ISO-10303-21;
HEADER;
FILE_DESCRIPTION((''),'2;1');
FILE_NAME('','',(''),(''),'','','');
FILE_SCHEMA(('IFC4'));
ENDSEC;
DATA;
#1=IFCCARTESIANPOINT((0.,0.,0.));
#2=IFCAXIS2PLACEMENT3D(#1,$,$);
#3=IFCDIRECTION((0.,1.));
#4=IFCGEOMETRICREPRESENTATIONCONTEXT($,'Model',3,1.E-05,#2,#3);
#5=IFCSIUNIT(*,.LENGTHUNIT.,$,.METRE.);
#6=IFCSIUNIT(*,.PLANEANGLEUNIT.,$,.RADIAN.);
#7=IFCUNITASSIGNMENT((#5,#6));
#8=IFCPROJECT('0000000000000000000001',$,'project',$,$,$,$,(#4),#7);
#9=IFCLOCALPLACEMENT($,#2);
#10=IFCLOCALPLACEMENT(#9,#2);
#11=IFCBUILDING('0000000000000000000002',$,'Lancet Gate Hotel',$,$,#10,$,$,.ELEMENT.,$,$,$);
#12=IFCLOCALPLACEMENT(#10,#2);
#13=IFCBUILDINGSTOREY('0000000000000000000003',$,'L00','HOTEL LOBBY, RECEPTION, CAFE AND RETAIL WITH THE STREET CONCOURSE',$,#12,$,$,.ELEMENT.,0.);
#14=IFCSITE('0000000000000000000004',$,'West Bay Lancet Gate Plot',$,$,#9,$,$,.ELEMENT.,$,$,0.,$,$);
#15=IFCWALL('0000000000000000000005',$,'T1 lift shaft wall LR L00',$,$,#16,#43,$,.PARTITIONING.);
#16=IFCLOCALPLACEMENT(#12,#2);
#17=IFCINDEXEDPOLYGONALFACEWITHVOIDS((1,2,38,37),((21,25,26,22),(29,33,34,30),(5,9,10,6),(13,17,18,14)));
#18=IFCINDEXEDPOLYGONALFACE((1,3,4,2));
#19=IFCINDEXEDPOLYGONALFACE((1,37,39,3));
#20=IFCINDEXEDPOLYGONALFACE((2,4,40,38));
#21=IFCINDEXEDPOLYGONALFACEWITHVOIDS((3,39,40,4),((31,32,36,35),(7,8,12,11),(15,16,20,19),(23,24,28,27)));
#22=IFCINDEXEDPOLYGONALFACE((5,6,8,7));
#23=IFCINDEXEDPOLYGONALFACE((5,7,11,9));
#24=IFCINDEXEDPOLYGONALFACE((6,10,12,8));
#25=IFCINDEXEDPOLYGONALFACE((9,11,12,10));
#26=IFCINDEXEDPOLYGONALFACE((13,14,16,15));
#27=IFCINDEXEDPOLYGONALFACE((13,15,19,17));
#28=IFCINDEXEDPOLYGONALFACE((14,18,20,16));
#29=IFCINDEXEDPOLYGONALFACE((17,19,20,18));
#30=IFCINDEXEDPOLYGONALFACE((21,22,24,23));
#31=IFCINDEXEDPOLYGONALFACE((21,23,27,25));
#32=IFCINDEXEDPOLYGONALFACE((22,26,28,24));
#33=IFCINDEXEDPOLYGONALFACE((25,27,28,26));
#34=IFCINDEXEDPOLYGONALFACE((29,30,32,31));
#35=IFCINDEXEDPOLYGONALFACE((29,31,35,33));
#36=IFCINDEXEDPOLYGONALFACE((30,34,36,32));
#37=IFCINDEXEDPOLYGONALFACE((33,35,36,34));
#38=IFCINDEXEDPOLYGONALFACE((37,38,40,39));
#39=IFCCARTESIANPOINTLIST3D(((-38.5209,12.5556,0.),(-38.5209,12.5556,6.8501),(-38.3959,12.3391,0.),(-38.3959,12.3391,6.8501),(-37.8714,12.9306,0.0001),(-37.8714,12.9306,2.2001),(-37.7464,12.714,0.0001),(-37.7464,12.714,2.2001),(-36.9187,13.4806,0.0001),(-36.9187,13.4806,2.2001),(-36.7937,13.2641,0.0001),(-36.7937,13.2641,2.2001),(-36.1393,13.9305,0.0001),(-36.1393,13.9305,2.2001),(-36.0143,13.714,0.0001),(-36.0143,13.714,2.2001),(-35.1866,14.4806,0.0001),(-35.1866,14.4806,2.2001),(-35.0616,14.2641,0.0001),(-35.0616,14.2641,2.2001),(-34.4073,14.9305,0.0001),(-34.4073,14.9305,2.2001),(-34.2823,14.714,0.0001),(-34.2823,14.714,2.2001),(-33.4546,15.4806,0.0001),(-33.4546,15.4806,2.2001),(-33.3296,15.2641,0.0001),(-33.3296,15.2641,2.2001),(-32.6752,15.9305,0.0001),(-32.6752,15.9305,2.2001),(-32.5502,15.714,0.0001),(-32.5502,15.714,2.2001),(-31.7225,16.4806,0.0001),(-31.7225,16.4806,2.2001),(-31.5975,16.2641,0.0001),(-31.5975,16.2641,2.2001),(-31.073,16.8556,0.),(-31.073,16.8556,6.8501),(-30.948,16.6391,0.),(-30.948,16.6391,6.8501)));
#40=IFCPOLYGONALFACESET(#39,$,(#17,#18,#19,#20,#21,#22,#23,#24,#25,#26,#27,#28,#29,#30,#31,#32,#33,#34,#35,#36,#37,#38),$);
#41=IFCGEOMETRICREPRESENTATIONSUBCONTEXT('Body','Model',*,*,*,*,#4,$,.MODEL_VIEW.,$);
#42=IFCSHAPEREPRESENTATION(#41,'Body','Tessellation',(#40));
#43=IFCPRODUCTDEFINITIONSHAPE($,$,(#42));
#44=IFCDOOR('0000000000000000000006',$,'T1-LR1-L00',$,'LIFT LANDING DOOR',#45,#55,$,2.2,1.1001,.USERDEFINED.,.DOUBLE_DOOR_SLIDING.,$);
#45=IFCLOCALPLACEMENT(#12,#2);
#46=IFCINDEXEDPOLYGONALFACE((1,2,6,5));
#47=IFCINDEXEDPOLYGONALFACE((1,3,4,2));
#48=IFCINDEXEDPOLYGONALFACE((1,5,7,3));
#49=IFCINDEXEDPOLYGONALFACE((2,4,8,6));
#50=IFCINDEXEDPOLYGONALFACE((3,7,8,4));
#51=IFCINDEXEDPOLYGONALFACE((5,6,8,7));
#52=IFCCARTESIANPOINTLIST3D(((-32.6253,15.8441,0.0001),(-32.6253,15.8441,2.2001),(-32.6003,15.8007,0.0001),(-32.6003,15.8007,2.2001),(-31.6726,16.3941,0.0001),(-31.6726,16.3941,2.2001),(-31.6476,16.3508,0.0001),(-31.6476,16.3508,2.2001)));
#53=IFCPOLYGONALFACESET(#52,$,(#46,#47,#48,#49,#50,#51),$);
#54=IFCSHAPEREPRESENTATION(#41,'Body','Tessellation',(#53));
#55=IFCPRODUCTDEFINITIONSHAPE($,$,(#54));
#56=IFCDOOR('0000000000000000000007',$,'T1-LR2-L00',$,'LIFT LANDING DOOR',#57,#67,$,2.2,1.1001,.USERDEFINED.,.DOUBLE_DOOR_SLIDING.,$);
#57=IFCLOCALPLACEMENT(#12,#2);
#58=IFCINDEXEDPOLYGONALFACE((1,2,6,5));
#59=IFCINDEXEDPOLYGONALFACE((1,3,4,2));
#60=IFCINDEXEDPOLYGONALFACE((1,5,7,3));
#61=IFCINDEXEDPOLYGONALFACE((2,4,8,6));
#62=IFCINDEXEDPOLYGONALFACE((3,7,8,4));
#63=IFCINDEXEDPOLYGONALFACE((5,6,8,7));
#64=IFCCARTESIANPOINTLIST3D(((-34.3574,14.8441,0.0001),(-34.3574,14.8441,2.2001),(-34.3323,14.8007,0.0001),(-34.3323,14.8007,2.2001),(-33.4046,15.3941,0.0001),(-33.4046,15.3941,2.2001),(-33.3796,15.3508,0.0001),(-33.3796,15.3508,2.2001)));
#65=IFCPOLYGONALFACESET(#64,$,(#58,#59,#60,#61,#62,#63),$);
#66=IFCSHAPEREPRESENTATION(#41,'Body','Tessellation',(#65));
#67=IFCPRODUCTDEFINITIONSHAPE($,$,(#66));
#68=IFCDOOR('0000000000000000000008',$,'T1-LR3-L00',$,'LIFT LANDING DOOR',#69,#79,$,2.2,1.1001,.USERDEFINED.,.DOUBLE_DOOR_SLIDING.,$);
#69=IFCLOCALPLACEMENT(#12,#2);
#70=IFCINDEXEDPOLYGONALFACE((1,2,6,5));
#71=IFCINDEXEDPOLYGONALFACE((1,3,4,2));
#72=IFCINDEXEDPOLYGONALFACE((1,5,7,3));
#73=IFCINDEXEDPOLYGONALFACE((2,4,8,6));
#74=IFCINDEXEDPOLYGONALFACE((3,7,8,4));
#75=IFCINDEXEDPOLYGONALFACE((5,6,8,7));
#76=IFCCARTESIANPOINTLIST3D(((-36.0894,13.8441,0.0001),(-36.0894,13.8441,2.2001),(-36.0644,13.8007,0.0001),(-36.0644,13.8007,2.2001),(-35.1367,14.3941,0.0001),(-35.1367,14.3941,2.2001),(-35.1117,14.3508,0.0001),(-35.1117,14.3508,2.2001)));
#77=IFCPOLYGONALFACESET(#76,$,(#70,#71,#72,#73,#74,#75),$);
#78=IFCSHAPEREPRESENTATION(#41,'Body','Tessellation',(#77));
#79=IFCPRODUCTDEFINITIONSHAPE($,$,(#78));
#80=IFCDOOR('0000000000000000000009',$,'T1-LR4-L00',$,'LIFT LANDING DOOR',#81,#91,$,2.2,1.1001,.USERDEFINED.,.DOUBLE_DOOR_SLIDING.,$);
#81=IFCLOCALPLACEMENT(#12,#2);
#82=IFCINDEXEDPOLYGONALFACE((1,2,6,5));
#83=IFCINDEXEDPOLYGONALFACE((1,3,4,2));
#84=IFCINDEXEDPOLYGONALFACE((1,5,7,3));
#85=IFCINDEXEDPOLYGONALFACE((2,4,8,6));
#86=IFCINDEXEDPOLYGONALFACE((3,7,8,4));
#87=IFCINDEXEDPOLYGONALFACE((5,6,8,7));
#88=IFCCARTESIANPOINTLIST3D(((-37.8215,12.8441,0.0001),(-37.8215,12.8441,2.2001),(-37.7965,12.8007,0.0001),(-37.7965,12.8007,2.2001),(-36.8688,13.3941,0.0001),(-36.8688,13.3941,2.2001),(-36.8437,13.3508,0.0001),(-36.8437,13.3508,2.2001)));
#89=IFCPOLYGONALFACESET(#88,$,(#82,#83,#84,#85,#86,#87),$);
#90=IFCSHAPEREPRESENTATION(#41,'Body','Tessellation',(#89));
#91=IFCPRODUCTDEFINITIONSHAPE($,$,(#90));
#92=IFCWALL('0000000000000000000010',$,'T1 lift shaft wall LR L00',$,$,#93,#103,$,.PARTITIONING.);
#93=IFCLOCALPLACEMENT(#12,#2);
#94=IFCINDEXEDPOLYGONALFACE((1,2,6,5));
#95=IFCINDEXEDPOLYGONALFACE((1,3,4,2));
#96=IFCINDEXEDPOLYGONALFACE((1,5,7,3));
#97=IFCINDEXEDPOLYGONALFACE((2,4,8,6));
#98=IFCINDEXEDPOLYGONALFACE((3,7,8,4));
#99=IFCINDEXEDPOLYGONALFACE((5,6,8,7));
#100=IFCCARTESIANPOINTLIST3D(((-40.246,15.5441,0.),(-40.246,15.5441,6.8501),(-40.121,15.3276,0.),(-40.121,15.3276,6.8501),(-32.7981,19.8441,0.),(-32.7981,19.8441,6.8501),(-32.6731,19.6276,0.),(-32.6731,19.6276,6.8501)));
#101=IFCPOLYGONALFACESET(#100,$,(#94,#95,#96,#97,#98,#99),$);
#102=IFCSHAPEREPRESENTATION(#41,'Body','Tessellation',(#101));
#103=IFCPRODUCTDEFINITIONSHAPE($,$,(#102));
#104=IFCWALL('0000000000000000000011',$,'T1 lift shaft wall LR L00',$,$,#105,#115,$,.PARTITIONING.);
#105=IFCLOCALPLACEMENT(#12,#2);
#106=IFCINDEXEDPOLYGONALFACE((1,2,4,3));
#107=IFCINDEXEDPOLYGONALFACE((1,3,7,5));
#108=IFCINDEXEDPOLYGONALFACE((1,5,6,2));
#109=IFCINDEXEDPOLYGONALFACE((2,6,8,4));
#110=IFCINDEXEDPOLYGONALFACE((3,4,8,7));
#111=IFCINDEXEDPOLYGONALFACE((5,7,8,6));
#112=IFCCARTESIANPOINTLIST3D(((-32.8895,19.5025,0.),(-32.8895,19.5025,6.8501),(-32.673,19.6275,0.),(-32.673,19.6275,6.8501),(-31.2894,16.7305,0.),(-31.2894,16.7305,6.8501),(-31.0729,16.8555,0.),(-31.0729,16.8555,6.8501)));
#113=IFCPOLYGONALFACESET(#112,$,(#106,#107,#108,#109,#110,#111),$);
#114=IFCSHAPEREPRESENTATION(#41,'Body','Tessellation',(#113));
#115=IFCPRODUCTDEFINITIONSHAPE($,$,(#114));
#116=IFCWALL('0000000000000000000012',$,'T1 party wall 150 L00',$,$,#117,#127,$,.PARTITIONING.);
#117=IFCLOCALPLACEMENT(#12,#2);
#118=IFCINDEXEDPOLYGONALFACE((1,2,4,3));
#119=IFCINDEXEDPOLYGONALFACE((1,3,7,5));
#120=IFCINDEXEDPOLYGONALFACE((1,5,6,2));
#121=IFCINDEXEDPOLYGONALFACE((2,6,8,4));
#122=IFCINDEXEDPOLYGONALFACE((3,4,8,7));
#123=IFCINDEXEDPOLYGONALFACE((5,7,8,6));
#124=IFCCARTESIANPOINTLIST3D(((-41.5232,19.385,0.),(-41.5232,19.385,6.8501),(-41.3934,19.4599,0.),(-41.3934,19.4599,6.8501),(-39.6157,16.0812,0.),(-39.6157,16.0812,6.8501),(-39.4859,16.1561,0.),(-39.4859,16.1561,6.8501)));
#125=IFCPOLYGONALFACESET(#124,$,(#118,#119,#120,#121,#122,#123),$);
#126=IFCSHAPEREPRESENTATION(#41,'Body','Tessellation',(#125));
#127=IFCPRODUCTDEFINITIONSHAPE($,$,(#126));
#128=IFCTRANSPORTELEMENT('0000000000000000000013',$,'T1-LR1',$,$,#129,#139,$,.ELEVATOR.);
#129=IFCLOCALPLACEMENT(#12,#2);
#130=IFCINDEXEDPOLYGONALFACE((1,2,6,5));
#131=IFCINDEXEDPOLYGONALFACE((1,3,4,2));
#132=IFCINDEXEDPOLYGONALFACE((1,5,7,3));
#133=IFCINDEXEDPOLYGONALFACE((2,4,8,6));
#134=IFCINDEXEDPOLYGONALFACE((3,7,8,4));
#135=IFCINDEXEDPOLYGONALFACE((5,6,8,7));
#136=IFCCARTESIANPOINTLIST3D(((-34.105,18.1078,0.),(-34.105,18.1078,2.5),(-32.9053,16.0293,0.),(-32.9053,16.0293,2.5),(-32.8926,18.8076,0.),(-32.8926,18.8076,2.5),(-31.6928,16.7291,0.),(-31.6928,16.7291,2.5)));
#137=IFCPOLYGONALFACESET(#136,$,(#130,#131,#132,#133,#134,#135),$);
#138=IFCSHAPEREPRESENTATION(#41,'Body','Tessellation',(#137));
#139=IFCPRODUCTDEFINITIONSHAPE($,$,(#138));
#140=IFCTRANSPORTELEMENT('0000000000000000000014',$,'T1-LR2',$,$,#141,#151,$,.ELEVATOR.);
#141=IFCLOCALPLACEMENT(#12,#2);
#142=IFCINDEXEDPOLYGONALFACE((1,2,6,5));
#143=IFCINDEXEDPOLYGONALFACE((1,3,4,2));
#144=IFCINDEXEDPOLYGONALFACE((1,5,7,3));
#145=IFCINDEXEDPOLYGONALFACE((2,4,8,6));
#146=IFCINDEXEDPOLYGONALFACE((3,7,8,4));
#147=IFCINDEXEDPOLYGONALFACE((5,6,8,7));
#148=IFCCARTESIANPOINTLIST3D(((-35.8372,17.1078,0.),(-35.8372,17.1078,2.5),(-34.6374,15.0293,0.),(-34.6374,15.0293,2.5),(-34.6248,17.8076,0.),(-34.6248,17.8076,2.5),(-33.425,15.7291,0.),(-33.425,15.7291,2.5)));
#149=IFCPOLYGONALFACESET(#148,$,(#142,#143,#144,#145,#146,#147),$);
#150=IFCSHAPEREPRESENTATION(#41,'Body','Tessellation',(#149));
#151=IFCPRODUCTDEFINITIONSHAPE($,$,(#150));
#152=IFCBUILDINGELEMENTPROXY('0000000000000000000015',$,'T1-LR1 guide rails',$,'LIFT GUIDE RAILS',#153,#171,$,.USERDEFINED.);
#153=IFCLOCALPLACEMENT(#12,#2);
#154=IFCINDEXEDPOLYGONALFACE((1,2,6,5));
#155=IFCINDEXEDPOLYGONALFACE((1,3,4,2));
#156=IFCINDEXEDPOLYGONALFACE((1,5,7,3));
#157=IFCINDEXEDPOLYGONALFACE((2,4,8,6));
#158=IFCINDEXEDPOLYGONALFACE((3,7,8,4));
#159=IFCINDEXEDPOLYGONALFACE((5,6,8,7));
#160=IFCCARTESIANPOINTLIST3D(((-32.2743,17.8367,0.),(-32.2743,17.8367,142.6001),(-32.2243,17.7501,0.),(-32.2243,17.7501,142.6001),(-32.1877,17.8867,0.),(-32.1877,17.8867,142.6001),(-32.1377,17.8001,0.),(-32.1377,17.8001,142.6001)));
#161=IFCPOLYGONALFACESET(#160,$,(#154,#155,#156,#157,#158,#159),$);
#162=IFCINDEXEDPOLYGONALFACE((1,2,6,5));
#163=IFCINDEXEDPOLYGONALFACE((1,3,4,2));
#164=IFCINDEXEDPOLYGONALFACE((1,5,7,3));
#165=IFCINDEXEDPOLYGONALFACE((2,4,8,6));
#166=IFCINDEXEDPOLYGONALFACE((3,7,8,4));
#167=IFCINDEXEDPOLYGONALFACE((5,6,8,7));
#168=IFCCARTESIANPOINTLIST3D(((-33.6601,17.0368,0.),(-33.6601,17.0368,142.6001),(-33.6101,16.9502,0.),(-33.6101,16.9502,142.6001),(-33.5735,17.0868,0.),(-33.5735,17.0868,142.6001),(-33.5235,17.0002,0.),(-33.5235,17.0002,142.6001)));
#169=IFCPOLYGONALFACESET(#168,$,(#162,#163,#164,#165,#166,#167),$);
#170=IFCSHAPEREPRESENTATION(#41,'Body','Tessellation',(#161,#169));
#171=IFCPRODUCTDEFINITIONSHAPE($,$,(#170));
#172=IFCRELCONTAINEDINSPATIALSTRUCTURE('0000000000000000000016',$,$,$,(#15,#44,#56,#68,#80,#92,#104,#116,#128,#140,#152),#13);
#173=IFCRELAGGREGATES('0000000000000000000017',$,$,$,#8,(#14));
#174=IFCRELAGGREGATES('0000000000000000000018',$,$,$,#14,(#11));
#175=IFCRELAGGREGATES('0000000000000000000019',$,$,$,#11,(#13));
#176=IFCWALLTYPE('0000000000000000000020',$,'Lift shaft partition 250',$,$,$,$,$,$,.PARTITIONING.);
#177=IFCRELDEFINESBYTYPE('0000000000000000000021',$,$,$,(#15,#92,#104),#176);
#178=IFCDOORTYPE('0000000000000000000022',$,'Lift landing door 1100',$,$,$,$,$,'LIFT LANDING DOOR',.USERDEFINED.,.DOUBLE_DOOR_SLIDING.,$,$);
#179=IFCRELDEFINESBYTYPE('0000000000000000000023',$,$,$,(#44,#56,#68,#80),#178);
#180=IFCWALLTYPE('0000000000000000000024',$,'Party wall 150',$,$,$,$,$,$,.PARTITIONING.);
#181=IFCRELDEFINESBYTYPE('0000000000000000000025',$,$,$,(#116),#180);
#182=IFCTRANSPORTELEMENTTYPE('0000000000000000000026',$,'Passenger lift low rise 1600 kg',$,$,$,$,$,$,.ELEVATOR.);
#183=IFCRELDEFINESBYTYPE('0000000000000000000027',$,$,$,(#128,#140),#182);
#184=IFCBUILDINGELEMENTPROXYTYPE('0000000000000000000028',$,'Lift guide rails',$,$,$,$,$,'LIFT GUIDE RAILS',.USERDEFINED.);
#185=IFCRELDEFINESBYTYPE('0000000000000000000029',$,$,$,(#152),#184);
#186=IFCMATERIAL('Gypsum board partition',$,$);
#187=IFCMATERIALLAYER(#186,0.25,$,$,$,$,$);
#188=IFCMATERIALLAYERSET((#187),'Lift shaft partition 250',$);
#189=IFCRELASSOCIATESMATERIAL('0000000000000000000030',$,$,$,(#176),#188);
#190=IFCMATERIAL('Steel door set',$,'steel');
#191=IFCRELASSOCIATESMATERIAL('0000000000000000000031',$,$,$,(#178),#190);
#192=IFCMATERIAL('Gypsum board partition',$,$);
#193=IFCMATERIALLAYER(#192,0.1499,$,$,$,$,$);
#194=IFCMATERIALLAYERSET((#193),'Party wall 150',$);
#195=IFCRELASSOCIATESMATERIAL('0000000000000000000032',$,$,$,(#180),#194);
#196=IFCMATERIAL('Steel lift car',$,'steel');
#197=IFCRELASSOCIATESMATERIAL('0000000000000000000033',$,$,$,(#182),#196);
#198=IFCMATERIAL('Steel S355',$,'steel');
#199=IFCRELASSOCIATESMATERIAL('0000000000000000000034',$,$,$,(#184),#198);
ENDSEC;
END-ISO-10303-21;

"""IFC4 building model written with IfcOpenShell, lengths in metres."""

from ifc_helpers import new_model, si_unit, direction, frame, frame_2d, origin, origin_2d, place, context, subcontext, project, spatial, rectangle, extrude, material, layer, layer_set, type_object, element, fill, save


model = new_model("IFC4")

# Units and contexts
model_context = context("Model", 3, precision=1e-05, world=origin(), true_north=direction((0.0, 1.0)))
body_context = subcontext(model_context, "Body", "Model", "MODEL_VIEW")
ifc_project = project(units=[si_unit("LENGTHUNIT", "METRE"), si_unit("PLANEANGLEUNIT", "RADIAN")], contexts=[model_context])

# Site, building, storey
site_placement = place(None, origin())
site = spatial("IfcSite", under=ifc_project, at=site_placement, Name="West Bay Lancet Gate Plot", CompositionType="ELEMENT", RefElevation=0.0)
building_placement = place(site_placement, origin())
building = spatial("IfcBuilding", under=site, at=building_placement, Name="Lancet Gate Hotel", CompositionType="ELEMENT")
storey_placement = place(building_placement, origin())
storey = spatial("IfcBuildingStorey", under=building, at=storey_placement, Name="L00", Description="HOTEL LOBBY, RECEPTION, CAFE AND RETAIL WITH THE STREET CONCOURSE", CompositionType="ELEMENT", Elevation=0.0)

# Wall, openings, doors
ifc_material_1 = material(Name="Gypsum board partition")
ifc_layer_1 = layer(ifc_material_1, 0.25)
ifc_layer_set_1 = layer_set([ifc_layer_1], Name="Lift shaft partition 250")
wall_type_1 = type_object("IfcWallType", Name="Lift shaft partition 250", PredefinedType="PARTITIONING", material=ifc_layer_set_1)
wall_1_placement = place(storey_placement, frame((-31.0105, 16.7473, 0.0), z_axis=(0.0, 0.0, 1.0), x_axis=(-0.866028, -0.499995, 0.0)))
wall_1 = element("IfcWall", 1, at=wall_1_placement, inside=storey, type_object=wall_type_1, Name="T1 lift shaft wall LR L00", PredefinedType="PARTITIONING", context=body_context, shape_type="SweptSolid", body=[
    extrude(rectangle(XDim=8.6001, YDim=0.25, at=frame_2d((4.3, 0.0))), origin(), (0.0, 0.0, 1.0), 6.8501),
])
opening_1_placement = place(wall_1_placement, frame((0.75, 0.0, 0.0)))
opening_1 = element("IfcOpeningElement", 2, at=opening_1_placement, cuts=wall_1, PredefinedType="OPENING", context=body_context, shape_type="SweptSolid", body=[
    extrude(rectangle(XDim=1.1001, YDim=2.2, at=frame_2d((0.55, 1.1001))), frame((0.0, 0.135, 0.0), z_axis=(0.0, -1.0, 0.0), x_axis=(1.0, 0.0, 0.0)), (0.0, 0.0, 1.0), 0.27),
])
opening_2_placement = place(wall_1_placement, frame((2.75, 0.0, 0.0)))
opening_2 = element("IfcOpeningElement", 3, at=opening_2_placement, cuts=wall_1, PredefinedType="OPENING", context=body_context, shape_type="SweptSolid", body=[
    extrude(rectangle(XDim=1.1001, YDim=2.2, at=frame_2d((0.55, 1.1001))), frame((0.0, 0.135, 0.0), z_axis=(0.0, -1.0, 0.0), x_axis=(1.0, 0.0, 0.0)), (0.0, 0.0, 1.0), 0.27),
])
opening_3_placement = place(wall_1_placement, frame((4.75, 0.0, 0.0)))
opening_3 = element("IfcOpeningElement", 4, at=opening_3_placement, cuts=wall_1, PredefinedType="OPENING", context=body_context, shape_type="SweptSolid", body=[
    extrude(rectangle(XDim=1.1001, YDim=2.2, at=frame_2d((0.55, 1.1001))), frame((0.0, 0.135, 0.0), z_axis=(0.0, -1.0, 0.0), x_axis=(1.0, 0.0, 0.0)), (0.0, 0.0, 1.0), 0.27),
])
opening_4_placement = place(wall_1_placement, frame((6.75, 0.0, 0.0)))
opening_4 = element("IfcOpeningElement", 5, at=opening_4_placement, cuts=wall_1, PredefinedType="OPENING", context=body_context, shape_type="SweptSolid", body=[
    extrude(rectangle(XDim=1.1001, YDim=2.2, at=frame_2d((0.55, 1.1001))), frame((0.0, 0.135, 0.0), z_axis=(0.0, -1.0, 0.0), x_axis=(1.0, 0.0, 0.0)), (0.0, 0.0, 1.0), 0.27),
])
ifc_material_2 = material(Name="Steel door set", Category="steel")
door_type = type_object("IfcDoorType", Name="Lift landing door 1100", ElementType="LIFT LANDING DOOR", OperationType="DOUBLE_DOOR_SLIDING", PredefinedType="USERDEFINED", material=ifc_material_2)
door_1_placement = place(opening_1_placement, origin())
door_1 = element("IfcDoor", 6, at=door_1_placement, inside=storey, type_object=door_type, Name="T1-LR1-L00", ObjectType="LIFT LANDING DOOR", OperationType="DOUBLE_DOOR_SLIDING", OverallHeight=2.2, OverallWidth=1.1001, PredefinedType="USERDEFINED", context=body_context, shape_type="SweptSolid", body=[
    extrude(rectangle(XDim=1.1001, YDim=2.2, at=frame_2d((0.55, 1.1001))), frame((0.0, 0.0249, 0.0), z_axis=(0.0, -1.0, 0.0), x_axis=(1.0, 0.0, 0.0)), (0.0, 0.0, 1.0), 0.05),
])
fill(opening_1, door_1)
door_2_placement = place(opening_2_placement, origin())
door_2 = element("IfcDoor", 7, at=door_2_placement, inside=storey, type_object=door_type, Name="T1-LR2-L00", ObjectType="LIFT LANDING DOOR", OperationType="DOUBLE_DOOR_SLIDING", OverallHeight=2.2, OverallWidth=1.1001, PredefinedType="USERDEFINED", context=body_context, shape_type="SweptSolid", body=[
    extrude(rectangle(XDim=1.1001, YDim=2.2, at=frame_2d((0.55, 1.1001))), frame((0.0, 0.0249, 0.0), z_axis=(0.0, -1.0, 0.0), x_axis=(1.0, 0.0, 0.0)), (0.0, 0.0, 1.0), 0.05),
])
fill(opening_2, door_2)
door_3_placement = place(opening_3_placement, origin())
door_3 = element("IfcDoor", 8, at=door_3_placement, inside=storey, type_object=door_type, Name="T1-LR3-L00", ObjectType="LIFT LANDING DOOR", OperationType="DOUBLE_DOOR_SLIDING", OverallHeight=2.2, OverallWidth=1.1001, PredefinedType="USERDEFINED", context=body_context, shape_type="SweptSolid", body=[
    extrude(rectangle(XDim=1.1001, YDim=2.2, at=frame_2d((0.55, 1.1001))), frame((0.0, 0.0249, 0.0), z_axis=(0.0, -1.0, 0.0), x_axis=(1.0, 0.0, 0.0)), (0.0, 0.0, 1.0), 0.05),
])
fill(opening_3, door_3)
door_4_placement = place(opening_4_placement, origin())
door_4 = element("IfcDoor", 9, at=door_4_placement, inside=storey, type_object=door_type, Name="T1-LR4-L00", ObjectType="LIFT LANDING DOOR", OperationType="DOUBLE_DOOR_SLIDING", OverallHeight=2.2, OverallWidth=1.1001, PredefinedType="USERDEFINED", context=body_context, shape_type="SweptSolid", body=[
    extrude(rectangle(XDim=1.1001, YDim=2.2, at=frame_2d((0.55, 1.1001))), frame((0.0, 0.0249, 0.0), z_axis=(0.0, -1.0, 0.0), x_axis=(1.0, 0.0, 0.0)), (0.0, 0.0, 1.0), 0.05),
])
fill(opening_4, door_4)

# Walls
wall_2_placement = place(storey_placement, frame((-32.7356, 19.7358, 0.0), z_axis=(0.0, 0.0, 1.0), x_axis=(-0.866028, -0.499995, 0.0)))
element("IfcWall", 10, at=wall_2_placement, inside=storey, type_object=wall_type_1, Name="T1 lift shaft wall LR L00", PredefinedType="PARTITIONING", context=body_context, shape_type="SweptSolid", body=[
    extrude(rectangle(XDim=8.6001, YDim=0.25, at=frame_2d((4.3, 0.0))), origin(), (0.0, 0.0, 1.0), 6.8501),
])
wall_3_placement = place(storey_placement, frame((-31.1812, 16.793, 0.0), z_axis=(0.0, 0.0, 1.0), x_axis=(-0.499929, 0.866066, 0.0)))
element("IfcWall", 11, at=wall_3_placement, inside=storey, type_object=wall_type_1, Name="T1 lift shaft wall LR L00", PredefinedType="PARTITIONING", context=body_context, shape_type="SweptSolid", body=[
    extrude(rectangle(XDim=3.2007, YDim=0.25, at=frame_2d((1.6003, 0.0))), origin(), (0.0, 0.0, 1.0), 6.8501),
])
ifc_material_3 = material(Name="Gypsum board partition")
ifc_layer_2 = layer(ifc_material_3, 0.1499)
ifc_layer_set_2 = layer_set([ifc_layer_2], Name="Party wall 150")
wall_type_2 = type_object("IfcWallType", Name="Party wall 150", PredefinedType="PARTITIONING", material=ifc_layer_set_2)
wall_4_placement = place(storey_placement, frame((-39.5508, 16.1187, 0.0), z_axis=(0.0, 0.0, 1.0), x_axis=(-0.500014, 0.866017, 0.0)))
element("IfcWall", 12, at=wall_4_placement, inside=storey, type_object=wall_type_2, Name="T1 party wall 150 L00", PredefinedType="PARTITIONING", context=body_context, shape_type="SweptSolid", body=[
    extrude(rectangle(XDim=3.8149, YDim=0.1499, at=frame_2d((1.9075, 0.0))), origin(), (0.0, 0.0, 1.0), 6.8501),
])

# Transport elements
ifc_material_4 = material(Name="Steel lift car", Category="steel")
transport_element_type = type_object("IfcTransportElementType", Name="Passenger lift low rise 1600 kg", PredefinedType="ELEVATOR", material=ifc_material_4)
for number, where, z_axis, x_axis, name in (
    (13, (-32.8989, 17.4185, 0.0), (0.0, 0.0, 1.0), (-0.499917, 0.866073, 0.0), "T1-LR1"),
    (14, (-34.6311, 16.4185, 0.0), (0.0, 0.0, 1.0), (-0.499917, 0.866073, 0.0), "T1-LR2"),
):
    element("IfcTransportElement", number, at=place(storey_placement, frame(where, z_axis=z_axis, x_axis=x_axis)), inside=storey, type_object=transport_element_type, Name=name, PredefinedType="ELEVATOR", context=body_context, shape_type="SweptSolid", body=[
        extrude(rectangle(XDim=2.3999, YDim=1.3999, at=origin_2d()), origin(), (0.0, 0.0, 1.0), 2.5),
    ])

# Building element proxy
ifc_material_5 = material(Name="Steel S355", Category="steel")
building_element_proxy_type = type_object("IfcBuildingElementProxyType", Name="Lift guide rails", ElementType="LIFT GUIDE RAILS", PredefinedType="USERDEFINED", material=ifc_material_5)
for number, where, z_axis, x_axis, name in (
    (15, (-32.8989, 17.4185, 0.0), (0.0, 0.0, 1.0), (-0.499917, 0.866073, 0.0), "T1-LR1 guide rails"),
):
    element("IfcBuildingElementProxy", number, at=place(storey_placement, frame(where, z_axis=z_axis, x_axis=x_axis)), inside=storey, type_object=building_element_proxy_type, Name=name, ObjectType="LIFT GUIDE RAILS", PredefinedType="USERDEFINED", context=body_context, shape_type="SweptSolid", body=[
        extrude(rectangle(XDim=0.1, YDim=0.1, at=origin_2d()), frame((0.0, -0.8, 0.0)), (0.0, 0.0, 1.0), 142.6001),
        extrude(rectangle(XDim=0.1, YDim=0.1, at=origin_2d()), frame((0.0, 0.8, 0.0)), (0.0, 0.0, 1.0), 142.6001),
    ])

save(model, "model.ifc")
